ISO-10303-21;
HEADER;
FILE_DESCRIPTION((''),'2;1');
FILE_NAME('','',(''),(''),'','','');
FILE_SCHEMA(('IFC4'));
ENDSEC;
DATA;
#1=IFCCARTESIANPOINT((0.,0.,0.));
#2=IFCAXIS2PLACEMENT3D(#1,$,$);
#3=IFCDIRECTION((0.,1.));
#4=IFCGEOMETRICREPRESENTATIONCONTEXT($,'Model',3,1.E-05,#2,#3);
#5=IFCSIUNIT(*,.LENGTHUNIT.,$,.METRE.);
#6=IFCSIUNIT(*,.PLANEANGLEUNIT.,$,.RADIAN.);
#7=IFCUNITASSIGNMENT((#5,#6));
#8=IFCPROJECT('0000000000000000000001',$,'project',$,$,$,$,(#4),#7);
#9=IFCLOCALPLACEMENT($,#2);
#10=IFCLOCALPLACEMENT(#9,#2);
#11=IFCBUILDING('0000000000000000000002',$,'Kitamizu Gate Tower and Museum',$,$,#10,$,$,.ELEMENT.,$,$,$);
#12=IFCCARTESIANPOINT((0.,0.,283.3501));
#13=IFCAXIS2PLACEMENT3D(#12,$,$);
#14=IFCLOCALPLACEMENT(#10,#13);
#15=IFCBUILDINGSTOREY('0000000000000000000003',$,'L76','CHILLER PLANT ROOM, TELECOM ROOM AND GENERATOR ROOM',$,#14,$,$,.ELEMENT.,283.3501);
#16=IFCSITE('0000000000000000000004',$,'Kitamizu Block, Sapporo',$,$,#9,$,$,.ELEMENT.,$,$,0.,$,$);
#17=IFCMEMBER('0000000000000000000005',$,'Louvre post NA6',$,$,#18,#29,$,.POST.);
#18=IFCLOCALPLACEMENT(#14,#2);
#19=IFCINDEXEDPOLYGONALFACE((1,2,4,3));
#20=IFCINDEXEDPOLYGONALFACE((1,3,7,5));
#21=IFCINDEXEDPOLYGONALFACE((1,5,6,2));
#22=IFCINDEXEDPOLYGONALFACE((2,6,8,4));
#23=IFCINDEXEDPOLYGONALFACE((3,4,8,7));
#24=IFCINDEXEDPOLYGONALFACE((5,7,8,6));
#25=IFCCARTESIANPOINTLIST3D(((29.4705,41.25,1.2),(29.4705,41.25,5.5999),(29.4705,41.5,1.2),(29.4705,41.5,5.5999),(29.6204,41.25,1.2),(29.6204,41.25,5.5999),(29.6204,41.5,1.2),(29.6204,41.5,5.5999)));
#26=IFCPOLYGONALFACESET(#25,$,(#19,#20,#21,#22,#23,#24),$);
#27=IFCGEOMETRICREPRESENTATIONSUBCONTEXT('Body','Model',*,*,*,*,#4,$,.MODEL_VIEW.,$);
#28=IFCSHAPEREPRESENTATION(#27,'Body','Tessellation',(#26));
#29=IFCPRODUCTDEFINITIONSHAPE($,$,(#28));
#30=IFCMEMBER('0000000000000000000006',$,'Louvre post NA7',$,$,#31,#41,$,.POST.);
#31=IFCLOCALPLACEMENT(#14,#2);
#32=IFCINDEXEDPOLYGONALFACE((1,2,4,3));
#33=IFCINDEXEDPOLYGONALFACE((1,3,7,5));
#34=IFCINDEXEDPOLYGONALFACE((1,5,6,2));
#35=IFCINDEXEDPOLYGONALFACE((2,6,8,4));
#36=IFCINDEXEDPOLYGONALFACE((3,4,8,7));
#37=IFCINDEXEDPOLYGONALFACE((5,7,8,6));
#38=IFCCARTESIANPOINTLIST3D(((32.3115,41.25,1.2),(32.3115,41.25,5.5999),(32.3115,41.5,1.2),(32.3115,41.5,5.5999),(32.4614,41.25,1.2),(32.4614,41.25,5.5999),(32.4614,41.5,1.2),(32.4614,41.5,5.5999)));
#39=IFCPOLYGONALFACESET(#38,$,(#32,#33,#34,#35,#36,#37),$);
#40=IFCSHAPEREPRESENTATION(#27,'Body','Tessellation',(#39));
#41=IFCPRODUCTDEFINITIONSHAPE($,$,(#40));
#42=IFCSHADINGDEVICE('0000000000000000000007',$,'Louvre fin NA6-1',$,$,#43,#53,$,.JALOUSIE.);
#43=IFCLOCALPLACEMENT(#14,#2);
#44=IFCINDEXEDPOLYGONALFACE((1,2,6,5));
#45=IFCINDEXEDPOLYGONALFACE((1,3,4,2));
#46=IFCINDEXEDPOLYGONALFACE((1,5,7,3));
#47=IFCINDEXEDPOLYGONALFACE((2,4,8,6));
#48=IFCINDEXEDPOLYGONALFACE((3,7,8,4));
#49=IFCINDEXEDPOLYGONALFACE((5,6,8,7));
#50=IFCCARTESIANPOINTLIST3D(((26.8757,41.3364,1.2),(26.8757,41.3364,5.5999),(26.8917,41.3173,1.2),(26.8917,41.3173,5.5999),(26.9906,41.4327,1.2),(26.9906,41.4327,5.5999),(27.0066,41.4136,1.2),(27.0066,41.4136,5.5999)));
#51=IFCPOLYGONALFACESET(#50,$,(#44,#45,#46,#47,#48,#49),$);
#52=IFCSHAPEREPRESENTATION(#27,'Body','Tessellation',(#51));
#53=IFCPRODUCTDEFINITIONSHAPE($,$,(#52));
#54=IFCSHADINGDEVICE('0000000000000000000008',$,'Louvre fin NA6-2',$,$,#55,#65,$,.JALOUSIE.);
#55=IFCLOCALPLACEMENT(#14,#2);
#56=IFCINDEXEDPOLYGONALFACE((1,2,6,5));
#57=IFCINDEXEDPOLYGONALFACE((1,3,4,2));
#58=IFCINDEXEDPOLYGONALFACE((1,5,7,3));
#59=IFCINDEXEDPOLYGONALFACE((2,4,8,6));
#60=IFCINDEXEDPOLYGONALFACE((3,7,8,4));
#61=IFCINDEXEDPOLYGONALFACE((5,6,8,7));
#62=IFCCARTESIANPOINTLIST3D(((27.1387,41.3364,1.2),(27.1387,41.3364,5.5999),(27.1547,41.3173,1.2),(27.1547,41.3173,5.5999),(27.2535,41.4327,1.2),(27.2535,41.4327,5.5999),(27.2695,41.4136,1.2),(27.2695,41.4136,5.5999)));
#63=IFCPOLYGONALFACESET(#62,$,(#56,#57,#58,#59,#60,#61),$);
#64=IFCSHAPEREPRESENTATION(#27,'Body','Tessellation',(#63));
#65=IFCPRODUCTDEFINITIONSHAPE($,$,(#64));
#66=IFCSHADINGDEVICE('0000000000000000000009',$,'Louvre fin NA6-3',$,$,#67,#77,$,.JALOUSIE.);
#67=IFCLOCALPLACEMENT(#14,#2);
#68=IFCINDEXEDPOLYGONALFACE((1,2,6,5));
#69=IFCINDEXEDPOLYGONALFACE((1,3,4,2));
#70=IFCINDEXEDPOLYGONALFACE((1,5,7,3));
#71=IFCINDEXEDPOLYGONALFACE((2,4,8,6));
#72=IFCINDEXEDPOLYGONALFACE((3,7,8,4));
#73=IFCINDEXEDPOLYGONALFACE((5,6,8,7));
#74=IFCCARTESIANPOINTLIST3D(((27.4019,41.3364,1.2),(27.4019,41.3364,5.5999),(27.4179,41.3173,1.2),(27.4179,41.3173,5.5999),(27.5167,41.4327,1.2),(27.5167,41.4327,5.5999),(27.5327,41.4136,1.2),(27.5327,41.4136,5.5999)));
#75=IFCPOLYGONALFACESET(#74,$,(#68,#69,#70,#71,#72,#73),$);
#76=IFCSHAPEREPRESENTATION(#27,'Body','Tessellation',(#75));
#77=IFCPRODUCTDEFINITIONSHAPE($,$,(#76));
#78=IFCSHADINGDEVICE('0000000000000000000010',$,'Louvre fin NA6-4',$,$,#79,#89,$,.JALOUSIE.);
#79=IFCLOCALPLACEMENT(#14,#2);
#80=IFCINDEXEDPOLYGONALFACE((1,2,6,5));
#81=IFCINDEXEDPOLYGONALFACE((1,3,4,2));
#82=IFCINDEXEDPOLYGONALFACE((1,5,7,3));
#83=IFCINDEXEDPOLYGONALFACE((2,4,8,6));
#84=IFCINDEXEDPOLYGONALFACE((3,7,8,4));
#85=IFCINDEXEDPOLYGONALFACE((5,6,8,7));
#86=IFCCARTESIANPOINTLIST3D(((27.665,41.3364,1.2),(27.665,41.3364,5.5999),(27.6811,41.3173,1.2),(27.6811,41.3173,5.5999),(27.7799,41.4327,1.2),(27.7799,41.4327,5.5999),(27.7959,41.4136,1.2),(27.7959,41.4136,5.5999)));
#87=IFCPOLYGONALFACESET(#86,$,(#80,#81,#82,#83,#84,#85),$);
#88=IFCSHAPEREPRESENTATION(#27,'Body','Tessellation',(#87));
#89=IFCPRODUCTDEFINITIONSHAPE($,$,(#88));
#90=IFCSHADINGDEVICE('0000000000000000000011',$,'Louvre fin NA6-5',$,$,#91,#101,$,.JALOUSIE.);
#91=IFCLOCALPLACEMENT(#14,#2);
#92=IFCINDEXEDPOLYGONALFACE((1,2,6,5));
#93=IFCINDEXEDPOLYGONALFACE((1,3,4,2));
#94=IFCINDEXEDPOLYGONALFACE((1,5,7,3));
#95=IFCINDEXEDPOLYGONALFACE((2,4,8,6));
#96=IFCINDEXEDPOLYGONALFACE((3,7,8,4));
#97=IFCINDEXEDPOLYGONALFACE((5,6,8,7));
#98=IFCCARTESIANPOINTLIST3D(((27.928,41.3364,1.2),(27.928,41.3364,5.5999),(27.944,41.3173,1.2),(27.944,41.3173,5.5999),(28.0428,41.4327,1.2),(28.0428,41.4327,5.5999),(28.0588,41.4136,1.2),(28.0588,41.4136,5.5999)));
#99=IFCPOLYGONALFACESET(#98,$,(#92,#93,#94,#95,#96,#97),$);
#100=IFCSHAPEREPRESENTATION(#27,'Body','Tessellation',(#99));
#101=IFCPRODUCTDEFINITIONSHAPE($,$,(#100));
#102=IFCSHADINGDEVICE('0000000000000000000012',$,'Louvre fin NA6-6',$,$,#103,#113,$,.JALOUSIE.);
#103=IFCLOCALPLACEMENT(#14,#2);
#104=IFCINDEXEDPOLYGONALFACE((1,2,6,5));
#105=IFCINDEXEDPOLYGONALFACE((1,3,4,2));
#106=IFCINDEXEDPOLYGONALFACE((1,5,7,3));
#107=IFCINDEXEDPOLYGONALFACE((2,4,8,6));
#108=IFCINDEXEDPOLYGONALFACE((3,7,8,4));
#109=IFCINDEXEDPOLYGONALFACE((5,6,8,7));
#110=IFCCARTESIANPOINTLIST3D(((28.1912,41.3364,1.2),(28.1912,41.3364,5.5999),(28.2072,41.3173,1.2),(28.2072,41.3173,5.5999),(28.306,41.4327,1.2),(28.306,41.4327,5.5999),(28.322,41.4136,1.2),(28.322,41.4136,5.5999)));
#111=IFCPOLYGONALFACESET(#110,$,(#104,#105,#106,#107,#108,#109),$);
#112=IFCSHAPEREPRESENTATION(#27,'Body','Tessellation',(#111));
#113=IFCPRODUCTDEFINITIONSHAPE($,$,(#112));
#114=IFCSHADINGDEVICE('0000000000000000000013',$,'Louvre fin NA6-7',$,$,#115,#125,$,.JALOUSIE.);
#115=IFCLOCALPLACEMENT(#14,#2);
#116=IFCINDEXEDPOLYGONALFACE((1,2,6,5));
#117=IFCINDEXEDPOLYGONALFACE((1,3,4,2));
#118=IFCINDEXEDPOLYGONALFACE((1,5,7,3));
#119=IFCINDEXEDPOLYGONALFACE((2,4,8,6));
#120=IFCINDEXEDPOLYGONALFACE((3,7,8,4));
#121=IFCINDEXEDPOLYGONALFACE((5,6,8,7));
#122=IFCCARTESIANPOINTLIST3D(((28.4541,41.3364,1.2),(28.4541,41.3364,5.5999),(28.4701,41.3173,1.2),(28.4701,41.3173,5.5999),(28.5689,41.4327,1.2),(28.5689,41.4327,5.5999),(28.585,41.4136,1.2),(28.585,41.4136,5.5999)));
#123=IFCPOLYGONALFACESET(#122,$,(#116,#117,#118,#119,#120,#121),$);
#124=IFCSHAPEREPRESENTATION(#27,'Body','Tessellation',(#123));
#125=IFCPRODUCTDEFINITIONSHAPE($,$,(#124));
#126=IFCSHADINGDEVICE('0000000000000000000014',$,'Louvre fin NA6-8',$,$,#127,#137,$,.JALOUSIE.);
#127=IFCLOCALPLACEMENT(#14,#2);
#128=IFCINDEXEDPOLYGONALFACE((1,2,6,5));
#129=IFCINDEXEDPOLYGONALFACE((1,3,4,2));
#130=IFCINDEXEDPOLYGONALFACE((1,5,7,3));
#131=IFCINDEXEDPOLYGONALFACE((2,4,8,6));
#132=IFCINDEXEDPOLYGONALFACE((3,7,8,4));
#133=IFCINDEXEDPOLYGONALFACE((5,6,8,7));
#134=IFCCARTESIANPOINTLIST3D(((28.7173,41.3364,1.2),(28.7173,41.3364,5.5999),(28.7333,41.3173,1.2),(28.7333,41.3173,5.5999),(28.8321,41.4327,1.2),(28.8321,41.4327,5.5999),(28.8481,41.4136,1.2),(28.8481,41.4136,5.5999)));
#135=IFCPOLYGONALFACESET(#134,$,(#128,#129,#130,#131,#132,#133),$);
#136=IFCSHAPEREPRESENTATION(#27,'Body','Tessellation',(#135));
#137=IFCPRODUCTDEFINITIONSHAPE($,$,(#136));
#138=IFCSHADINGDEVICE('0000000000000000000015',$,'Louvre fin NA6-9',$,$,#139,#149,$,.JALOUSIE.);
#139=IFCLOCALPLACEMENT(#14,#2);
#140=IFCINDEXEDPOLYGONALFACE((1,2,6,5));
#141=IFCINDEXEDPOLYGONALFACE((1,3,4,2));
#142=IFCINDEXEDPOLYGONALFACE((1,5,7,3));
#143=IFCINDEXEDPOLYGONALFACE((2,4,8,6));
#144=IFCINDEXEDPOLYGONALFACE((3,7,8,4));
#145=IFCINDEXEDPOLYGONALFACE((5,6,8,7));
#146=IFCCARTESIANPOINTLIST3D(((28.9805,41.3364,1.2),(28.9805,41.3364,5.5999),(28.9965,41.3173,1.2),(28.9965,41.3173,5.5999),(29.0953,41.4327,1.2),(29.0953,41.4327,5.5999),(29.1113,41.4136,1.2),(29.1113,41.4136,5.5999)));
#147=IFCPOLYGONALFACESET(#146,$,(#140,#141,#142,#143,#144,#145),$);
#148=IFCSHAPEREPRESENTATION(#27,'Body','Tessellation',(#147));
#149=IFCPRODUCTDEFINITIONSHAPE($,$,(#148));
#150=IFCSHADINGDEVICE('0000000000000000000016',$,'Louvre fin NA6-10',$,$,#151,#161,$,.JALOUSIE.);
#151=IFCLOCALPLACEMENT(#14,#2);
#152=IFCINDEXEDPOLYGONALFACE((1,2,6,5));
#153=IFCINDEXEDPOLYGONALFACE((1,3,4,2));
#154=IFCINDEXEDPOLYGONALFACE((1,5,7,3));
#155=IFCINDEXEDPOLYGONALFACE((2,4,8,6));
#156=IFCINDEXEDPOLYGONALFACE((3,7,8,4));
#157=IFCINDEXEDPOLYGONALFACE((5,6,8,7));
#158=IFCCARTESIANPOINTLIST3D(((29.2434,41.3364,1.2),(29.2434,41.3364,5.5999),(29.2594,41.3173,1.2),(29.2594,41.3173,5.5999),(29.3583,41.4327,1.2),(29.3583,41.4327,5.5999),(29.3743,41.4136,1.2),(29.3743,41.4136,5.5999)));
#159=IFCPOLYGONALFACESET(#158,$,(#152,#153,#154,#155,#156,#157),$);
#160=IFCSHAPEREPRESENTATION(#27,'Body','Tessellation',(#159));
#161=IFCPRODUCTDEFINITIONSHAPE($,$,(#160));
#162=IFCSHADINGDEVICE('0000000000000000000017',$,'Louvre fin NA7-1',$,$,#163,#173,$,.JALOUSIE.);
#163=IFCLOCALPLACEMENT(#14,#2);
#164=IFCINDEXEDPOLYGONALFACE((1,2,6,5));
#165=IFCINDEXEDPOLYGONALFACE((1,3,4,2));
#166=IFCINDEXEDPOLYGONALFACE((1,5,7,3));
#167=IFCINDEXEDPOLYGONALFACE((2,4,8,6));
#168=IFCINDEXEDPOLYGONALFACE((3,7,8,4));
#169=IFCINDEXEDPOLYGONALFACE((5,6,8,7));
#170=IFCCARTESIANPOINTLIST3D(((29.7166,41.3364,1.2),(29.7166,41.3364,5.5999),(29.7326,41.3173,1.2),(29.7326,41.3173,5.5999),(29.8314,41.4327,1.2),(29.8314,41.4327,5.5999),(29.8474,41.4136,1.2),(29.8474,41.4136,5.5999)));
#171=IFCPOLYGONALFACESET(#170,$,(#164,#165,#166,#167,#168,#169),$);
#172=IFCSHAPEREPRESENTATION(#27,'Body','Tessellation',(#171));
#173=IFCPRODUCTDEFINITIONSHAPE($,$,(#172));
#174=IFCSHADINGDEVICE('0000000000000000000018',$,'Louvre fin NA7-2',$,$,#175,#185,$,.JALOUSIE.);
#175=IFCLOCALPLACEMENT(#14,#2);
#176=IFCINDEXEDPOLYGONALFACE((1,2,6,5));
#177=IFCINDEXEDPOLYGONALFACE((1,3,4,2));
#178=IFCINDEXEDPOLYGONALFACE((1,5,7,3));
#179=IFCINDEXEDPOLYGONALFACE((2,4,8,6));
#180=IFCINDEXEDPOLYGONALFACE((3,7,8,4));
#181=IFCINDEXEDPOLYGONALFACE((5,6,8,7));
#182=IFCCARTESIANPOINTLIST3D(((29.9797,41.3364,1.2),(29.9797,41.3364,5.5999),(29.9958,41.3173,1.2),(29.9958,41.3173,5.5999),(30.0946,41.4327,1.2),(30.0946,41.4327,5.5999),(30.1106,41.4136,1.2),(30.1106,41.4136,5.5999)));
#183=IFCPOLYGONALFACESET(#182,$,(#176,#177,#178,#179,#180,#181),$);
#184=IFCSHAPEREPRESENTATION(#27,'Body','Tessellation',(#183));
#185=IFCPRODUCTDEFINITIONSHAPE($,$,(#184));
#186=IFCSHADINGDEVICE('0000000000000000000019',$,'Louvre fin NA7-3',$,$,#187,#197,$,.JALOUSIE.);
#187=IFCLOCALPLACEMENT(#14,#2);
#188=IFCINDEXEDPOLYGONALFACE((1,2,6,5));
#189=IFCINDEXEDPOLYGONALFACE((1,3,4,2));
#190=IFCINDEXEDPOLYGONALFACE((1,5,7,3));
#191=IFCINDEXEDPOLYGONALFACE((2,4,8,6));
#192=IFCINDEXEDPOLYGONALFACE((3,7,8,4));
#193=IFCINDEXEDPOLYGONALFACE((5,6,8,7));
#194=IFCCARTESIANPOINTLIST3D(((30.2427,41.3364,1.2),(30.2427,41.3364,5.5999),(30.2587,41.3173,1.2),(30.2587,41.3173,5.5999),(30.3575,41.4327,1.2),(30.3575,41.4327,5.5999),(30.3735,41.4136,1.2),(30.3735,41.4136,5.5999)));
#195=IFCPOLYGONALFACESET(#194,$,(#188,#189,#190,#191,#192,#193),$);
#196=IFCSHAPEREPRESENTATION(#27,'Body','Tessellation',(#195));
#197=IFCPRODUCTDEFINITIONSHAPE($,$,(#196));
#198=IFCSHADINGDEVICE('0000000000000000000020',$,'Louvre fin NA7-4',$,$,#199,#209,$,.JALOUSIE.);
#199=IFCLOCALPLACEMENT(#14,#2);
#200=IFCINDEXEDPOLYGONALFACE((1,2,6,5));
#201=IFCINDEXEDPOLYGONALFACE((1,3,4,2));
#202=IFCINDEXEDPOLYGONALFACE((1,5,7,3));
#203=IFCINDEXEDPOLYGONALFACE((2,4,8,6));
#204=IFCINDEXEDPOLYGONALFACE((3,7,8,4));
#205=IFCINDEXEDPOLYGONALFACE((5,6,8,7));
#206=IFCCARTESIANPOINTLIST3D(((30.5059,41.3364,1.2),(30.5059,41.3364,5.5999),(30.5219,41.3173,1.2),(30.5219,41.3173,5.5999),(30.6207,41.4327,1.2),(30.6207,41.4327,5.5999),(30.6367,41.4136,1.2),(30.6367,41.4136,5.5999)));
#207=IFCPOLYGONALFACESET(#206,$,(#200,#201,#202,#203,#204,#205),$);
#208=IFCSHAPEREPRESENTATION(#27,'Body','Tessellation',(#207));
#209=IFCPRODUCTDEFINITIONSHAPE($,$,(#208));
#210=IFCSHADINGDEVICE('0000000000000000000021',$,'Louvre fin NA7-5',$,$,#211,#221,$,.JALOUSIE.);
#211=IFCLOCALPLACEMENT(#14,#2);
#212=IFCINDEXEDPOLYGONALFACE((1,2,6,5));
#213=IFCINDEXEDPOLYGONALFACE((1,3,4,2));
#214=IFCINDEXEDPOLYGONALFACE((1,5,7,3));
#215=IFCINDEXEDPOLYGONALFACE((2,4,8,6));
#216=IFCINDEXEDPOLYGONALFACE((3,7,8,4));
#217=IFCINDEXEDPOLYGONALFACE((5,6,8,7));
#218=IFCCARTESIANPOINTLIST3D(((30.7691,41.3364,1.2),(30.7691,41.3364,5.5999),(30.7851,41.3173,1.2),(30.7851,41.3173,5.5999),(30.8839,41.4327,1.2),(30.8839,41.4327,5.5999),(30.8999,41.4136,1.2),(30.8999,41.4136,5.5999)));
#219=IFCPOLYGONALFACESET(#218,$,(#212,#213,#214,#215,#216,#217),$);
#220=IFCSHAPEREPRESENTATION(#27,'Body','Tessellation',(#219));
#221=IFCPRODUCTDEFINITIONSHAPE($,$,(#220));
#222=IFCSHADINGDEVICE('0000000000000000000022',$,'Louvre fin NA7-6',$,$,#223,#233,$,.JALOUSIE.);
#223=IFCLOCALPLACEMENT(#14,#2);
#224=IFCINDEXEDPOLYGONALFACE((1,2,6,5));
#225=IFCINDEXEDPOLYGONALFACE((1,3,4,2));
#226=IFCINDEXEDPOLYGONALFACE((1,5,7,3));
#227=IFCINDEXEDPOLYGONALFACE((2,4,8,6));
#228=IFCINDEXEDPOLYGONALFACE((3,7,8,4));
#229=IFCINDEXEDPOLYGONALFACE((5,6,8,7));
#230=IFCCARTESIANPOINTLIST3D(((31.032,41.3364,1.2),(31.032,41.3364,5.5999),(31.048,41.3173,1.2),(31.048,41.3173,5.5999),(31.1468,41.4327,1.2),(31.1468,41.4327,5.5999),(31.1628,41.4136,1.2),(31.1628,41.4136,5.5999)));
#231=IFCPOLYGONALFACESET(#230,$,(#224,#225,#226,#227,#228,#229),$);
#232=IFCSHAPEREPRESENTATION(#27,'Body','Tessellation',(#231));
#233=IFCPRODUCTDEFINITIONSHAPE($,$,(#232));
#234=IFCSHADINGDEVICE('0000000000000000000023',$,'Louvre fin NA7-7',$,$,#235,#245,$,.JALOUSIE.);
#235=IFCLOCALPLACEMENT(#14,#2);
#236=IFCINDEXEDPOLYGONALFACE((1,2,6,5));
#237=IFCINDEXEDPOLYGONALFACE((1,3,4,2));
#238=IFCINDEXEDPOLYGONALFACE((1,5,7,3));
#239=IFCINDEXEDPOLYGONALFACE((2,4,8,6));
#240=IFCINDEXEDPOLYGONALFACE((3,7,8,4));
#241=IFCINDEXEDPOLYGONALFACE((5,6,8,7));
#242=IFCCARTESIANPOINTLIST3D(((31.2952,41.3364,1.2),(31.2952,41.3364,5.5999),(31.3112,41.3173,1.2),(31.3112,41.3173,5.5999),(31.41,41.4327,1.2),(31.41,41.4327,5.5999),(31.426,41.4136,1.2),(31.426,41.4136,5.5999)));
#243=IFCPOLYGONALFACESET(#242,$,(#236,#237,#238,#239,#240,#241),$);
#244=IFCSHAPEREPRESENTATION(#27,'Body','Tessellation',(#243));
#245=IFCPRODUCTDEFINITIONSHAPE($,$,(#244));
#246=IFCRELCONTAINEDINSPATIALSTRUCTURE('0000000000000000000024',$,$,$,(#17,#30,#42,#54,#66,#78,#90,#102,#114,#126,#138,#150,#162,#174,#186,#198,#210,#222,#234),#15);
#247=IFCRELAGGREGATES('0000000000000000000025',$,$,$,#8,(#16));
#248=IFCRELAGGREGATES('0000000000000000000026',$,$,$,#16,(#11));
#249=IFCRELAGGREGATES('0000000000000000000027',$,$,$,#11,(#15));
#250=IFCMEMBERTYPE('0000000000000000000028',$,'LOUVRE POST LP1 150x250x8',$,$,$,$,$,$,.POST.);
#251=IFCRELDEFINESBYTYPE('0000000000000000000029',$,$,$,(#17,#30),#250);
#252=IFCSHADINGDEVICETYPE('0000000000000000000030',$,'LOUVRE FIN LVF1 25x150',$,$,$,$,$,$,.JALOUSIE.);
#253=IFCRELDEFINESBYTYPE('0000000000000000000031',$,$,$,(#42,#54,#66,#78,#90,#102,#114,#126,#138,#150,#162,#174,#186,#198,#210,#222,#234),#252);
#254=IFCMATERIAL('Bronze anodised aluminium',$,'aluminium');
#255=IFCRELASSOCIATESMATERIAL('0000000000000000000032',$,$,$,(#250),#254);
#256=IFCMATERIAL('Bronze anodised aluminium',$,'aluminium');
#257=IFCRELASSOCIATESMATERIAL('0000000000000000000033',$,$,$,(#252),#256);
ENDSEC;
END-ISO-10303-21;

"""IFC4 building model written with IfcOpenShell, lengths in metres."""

from ifc_helpers import new_model, si_unit, direction, frame, origin, origin_2d, place, context, subcontext, project, spatial, rectangle, extrude, material, material_profile, profile_set, type_object, element, save


model = new_model("IFC4")

# Units and contexts
model_context = context("Model", 3, precision=1e-05, world=origin(), true_north=direction((0.0, 1.0)))
body_context = subcontext(model_context, "Body", "Model", "MODEL_VIEW")
ifc_project = project(units=[si_unit("LENGTHUNIT", "METRE"), si_unit("PLANEANGLEUNIT", "RADIAN")], contexts=[model_context])

# Site, building, storey
site_placement = place(None, origin())
site = spatial("IfcSite", under=ifc_project, at=site_placement, Name="Kitamizu Block, Sapporo", CompositionType="ELEMENT", RefElevation=0.0)
building_placement = place(site_placement, origin())
building = spatial("IfcBuilding", under=site, at=building_placement, Name="Kitamizu Gate Tower and Museum", CompositionType="ELEMENT")
storey_placement = place(building_placement, frame((0.0, 0.0, 283.3501)))
storey = spatial("IfcBuildingStorey", under=building, at=storey_placement, Name="L76", Description="CHILLER PLANT ROOM, TELECOM ROOM AND GENERATOR ROOM", CompositionType="ELEMENT", Elevation=283.3501)

# Members
ifc_material_1 = material(Name="Bronze anodised aluminium", Category="aluminium")
ifc_material_profile_1 = material_profile(ifc_material_1, rectangle(XDim=0.1499, YDim=0.25, at=origin_2d()), Name="AL 150x250")
ifc_profile_set_1 = profile_set([ifc_material_profile_1], Name="Bronze anodised aluminium")
member_type = type_object("IfcMemberType", Name="LOUVRE POST LP1 150x250x8", PredefinedType="POST", material=ifc_profile_set_1)
for number, where, z_axis, x_axis, name in (
    (1, (29.5454, 41.375, 1.2), (0.0, 0.0, 1.0), (1.0, 0.0, 0.0), "Louvre post NA6"),
    (2, (32.3865, 41.375, 1.2), (0.0, 0.0, 1.0), (1.0, 0.0, 0.0), "Louvre post NA7"),
):
    element("IfcMember", number, at=place(storey_placement, frame(where, z_axis=z_axis, x_axis=x_axis)), inside=storey, type_object=member_type, Name=name, PredefinedType="POST", context=body_context, shape_type="SweptSolid", body=[
        extrude(rectangle(XDim=0.1499, YDim=0.25, at=origin_2d()), origin(), (0.0, 0.0, 1.0), 4.3999),
    ])

# Shading devices
ifc_material_2 = material(Name="Bronze anodised aluminium", Category="aluminium")
ifc_material_profile_2 = material_profile(ifc_material_2, rectangle(XDim=0.1499, YDim=0.0249, at=origin_2d()), Name="AL 25x150")
ifc_profile_set_2 = profile_set([ifc_material_profile_2], Name="Bronze anodised aluminium")
shading_device_type = type_object("IfcShadingDeviceType", Name="LOUVRE FIN LVF1 25x150", PredefinedType="JALOUSIE", material=ifc_profile_set_2)
for number, where, z_axis, x_axis, name in (
    (3, (26.9412, 41.375, 1.2), (0.0, 0.0, 1.0), (0.766044, 0.642788, 0.0), "Louvre fin NA6-1"),
    (4, (27.2041, 41.375, 1.2), (0.0, 0.0, 1.0), (0.766044, 0.642788, 0.0), "Louvre fin NA6-2"),
    (5, (27.4673, 41.375, 1.2), (0.0, 0.0, 1.0), (0.766044, 0.642788, 0.0), "Louvre fin NA6-3"),
    (6, (27.7305, 41.375, 1.2), (0.0, 0.0, 1.0), (0.766044, 0.642788, 0.0), "Louvre fin NA6-4"),
    (7, (27.9934, 41.375, 1.2), (0.0, 0.0, 1.0), (0.766044, 0.642788, 0.0), "Louvre fin NA6-5"),
    (8, (28.2566, 41.375, 1.2), (0.0, 0.0, 1.0), (0.766044, 0.642788, 0.0), "Louvre fin NA6-6"),
    (9, (28.5195, 41.375, 1.2), (0.0, 0.0, 1.0), (0.766044, 0.642788, 0.0), "Louvre fin NA6-7"),
    (10, (28.7827, 41.375, 1.2), (0.0, 0.0, 1.0), (0.766044, 0.642788, 0.0), "Louvre fin NA6-8"),
    (11, (29.0459, 41.375, 1.2), (0.0, 0.0, 1.0), (0.766044, 0.642788, 0.0), "Louvre fin NA6-9"),
    (12, (29.3088, 41.375, 1.2), (0.0, 0.0, 1.0), (0.766044, 0.642788, 0.0), "Louvre fin NA6-10"),
    (13, (29.782, 41.375, 1.2), (0.0, 0.0, 1.0), (0.766044, 0.642788, 0.0), "Louvre fin NA7-1"),
    (14, (30.0452, 41.375, 1.2), (0.0, 0.0, 1.0), (0.766044, 0.642788, 0.0), "Louvre fin NA7-2"),
    (15, (30.3081, 41.375, 1.2), (0.0, 0.0, 1.0), (0.766044, 0.642788, 0.0), "Louvre fin NA7-3"),
    (16, (30.5713, 41.375, 1.2), (0.0, 0.0, 1.0), (0.766044, 0.642788, 0.0), "Louvre fin NA7-4"),
    (17, (30.8345, 41.375, 1.2), (0.0, 0.0, 1.0), (0.766044, 0.642788, 0.0), "Louvre fin NA7-5"),
    (18, (31.0974, 41.375, 1.2), (0.0, 0.0, 1.0), (0.766044, 0.642788, 0.0), "Louvre fin NA7-6"),
    (19, (31.3606, 41.375, 1.2), (0.0, 0.0, 1.0), (0.766044, 0.642788, 0.0), "Louvre fin NA7-7"),
):
    element("IfcShadingDevice", number, at=place(storey_placement, frame(where, z_axis=z_axis, x_axis=x_axis)), inside=storey, type_object=shading_device_type, Name=name, PredefinedType="JALOUSIE", context=body_context, shape_type="SweptSolid", body=[
        extrude(rectangle(XDim=0.1499, YDim=0.0249, at=origin_2d()), origin(), (0.0, 0.0, 1.0), 4.3999),
    ])

save(model, "model.ifc")
